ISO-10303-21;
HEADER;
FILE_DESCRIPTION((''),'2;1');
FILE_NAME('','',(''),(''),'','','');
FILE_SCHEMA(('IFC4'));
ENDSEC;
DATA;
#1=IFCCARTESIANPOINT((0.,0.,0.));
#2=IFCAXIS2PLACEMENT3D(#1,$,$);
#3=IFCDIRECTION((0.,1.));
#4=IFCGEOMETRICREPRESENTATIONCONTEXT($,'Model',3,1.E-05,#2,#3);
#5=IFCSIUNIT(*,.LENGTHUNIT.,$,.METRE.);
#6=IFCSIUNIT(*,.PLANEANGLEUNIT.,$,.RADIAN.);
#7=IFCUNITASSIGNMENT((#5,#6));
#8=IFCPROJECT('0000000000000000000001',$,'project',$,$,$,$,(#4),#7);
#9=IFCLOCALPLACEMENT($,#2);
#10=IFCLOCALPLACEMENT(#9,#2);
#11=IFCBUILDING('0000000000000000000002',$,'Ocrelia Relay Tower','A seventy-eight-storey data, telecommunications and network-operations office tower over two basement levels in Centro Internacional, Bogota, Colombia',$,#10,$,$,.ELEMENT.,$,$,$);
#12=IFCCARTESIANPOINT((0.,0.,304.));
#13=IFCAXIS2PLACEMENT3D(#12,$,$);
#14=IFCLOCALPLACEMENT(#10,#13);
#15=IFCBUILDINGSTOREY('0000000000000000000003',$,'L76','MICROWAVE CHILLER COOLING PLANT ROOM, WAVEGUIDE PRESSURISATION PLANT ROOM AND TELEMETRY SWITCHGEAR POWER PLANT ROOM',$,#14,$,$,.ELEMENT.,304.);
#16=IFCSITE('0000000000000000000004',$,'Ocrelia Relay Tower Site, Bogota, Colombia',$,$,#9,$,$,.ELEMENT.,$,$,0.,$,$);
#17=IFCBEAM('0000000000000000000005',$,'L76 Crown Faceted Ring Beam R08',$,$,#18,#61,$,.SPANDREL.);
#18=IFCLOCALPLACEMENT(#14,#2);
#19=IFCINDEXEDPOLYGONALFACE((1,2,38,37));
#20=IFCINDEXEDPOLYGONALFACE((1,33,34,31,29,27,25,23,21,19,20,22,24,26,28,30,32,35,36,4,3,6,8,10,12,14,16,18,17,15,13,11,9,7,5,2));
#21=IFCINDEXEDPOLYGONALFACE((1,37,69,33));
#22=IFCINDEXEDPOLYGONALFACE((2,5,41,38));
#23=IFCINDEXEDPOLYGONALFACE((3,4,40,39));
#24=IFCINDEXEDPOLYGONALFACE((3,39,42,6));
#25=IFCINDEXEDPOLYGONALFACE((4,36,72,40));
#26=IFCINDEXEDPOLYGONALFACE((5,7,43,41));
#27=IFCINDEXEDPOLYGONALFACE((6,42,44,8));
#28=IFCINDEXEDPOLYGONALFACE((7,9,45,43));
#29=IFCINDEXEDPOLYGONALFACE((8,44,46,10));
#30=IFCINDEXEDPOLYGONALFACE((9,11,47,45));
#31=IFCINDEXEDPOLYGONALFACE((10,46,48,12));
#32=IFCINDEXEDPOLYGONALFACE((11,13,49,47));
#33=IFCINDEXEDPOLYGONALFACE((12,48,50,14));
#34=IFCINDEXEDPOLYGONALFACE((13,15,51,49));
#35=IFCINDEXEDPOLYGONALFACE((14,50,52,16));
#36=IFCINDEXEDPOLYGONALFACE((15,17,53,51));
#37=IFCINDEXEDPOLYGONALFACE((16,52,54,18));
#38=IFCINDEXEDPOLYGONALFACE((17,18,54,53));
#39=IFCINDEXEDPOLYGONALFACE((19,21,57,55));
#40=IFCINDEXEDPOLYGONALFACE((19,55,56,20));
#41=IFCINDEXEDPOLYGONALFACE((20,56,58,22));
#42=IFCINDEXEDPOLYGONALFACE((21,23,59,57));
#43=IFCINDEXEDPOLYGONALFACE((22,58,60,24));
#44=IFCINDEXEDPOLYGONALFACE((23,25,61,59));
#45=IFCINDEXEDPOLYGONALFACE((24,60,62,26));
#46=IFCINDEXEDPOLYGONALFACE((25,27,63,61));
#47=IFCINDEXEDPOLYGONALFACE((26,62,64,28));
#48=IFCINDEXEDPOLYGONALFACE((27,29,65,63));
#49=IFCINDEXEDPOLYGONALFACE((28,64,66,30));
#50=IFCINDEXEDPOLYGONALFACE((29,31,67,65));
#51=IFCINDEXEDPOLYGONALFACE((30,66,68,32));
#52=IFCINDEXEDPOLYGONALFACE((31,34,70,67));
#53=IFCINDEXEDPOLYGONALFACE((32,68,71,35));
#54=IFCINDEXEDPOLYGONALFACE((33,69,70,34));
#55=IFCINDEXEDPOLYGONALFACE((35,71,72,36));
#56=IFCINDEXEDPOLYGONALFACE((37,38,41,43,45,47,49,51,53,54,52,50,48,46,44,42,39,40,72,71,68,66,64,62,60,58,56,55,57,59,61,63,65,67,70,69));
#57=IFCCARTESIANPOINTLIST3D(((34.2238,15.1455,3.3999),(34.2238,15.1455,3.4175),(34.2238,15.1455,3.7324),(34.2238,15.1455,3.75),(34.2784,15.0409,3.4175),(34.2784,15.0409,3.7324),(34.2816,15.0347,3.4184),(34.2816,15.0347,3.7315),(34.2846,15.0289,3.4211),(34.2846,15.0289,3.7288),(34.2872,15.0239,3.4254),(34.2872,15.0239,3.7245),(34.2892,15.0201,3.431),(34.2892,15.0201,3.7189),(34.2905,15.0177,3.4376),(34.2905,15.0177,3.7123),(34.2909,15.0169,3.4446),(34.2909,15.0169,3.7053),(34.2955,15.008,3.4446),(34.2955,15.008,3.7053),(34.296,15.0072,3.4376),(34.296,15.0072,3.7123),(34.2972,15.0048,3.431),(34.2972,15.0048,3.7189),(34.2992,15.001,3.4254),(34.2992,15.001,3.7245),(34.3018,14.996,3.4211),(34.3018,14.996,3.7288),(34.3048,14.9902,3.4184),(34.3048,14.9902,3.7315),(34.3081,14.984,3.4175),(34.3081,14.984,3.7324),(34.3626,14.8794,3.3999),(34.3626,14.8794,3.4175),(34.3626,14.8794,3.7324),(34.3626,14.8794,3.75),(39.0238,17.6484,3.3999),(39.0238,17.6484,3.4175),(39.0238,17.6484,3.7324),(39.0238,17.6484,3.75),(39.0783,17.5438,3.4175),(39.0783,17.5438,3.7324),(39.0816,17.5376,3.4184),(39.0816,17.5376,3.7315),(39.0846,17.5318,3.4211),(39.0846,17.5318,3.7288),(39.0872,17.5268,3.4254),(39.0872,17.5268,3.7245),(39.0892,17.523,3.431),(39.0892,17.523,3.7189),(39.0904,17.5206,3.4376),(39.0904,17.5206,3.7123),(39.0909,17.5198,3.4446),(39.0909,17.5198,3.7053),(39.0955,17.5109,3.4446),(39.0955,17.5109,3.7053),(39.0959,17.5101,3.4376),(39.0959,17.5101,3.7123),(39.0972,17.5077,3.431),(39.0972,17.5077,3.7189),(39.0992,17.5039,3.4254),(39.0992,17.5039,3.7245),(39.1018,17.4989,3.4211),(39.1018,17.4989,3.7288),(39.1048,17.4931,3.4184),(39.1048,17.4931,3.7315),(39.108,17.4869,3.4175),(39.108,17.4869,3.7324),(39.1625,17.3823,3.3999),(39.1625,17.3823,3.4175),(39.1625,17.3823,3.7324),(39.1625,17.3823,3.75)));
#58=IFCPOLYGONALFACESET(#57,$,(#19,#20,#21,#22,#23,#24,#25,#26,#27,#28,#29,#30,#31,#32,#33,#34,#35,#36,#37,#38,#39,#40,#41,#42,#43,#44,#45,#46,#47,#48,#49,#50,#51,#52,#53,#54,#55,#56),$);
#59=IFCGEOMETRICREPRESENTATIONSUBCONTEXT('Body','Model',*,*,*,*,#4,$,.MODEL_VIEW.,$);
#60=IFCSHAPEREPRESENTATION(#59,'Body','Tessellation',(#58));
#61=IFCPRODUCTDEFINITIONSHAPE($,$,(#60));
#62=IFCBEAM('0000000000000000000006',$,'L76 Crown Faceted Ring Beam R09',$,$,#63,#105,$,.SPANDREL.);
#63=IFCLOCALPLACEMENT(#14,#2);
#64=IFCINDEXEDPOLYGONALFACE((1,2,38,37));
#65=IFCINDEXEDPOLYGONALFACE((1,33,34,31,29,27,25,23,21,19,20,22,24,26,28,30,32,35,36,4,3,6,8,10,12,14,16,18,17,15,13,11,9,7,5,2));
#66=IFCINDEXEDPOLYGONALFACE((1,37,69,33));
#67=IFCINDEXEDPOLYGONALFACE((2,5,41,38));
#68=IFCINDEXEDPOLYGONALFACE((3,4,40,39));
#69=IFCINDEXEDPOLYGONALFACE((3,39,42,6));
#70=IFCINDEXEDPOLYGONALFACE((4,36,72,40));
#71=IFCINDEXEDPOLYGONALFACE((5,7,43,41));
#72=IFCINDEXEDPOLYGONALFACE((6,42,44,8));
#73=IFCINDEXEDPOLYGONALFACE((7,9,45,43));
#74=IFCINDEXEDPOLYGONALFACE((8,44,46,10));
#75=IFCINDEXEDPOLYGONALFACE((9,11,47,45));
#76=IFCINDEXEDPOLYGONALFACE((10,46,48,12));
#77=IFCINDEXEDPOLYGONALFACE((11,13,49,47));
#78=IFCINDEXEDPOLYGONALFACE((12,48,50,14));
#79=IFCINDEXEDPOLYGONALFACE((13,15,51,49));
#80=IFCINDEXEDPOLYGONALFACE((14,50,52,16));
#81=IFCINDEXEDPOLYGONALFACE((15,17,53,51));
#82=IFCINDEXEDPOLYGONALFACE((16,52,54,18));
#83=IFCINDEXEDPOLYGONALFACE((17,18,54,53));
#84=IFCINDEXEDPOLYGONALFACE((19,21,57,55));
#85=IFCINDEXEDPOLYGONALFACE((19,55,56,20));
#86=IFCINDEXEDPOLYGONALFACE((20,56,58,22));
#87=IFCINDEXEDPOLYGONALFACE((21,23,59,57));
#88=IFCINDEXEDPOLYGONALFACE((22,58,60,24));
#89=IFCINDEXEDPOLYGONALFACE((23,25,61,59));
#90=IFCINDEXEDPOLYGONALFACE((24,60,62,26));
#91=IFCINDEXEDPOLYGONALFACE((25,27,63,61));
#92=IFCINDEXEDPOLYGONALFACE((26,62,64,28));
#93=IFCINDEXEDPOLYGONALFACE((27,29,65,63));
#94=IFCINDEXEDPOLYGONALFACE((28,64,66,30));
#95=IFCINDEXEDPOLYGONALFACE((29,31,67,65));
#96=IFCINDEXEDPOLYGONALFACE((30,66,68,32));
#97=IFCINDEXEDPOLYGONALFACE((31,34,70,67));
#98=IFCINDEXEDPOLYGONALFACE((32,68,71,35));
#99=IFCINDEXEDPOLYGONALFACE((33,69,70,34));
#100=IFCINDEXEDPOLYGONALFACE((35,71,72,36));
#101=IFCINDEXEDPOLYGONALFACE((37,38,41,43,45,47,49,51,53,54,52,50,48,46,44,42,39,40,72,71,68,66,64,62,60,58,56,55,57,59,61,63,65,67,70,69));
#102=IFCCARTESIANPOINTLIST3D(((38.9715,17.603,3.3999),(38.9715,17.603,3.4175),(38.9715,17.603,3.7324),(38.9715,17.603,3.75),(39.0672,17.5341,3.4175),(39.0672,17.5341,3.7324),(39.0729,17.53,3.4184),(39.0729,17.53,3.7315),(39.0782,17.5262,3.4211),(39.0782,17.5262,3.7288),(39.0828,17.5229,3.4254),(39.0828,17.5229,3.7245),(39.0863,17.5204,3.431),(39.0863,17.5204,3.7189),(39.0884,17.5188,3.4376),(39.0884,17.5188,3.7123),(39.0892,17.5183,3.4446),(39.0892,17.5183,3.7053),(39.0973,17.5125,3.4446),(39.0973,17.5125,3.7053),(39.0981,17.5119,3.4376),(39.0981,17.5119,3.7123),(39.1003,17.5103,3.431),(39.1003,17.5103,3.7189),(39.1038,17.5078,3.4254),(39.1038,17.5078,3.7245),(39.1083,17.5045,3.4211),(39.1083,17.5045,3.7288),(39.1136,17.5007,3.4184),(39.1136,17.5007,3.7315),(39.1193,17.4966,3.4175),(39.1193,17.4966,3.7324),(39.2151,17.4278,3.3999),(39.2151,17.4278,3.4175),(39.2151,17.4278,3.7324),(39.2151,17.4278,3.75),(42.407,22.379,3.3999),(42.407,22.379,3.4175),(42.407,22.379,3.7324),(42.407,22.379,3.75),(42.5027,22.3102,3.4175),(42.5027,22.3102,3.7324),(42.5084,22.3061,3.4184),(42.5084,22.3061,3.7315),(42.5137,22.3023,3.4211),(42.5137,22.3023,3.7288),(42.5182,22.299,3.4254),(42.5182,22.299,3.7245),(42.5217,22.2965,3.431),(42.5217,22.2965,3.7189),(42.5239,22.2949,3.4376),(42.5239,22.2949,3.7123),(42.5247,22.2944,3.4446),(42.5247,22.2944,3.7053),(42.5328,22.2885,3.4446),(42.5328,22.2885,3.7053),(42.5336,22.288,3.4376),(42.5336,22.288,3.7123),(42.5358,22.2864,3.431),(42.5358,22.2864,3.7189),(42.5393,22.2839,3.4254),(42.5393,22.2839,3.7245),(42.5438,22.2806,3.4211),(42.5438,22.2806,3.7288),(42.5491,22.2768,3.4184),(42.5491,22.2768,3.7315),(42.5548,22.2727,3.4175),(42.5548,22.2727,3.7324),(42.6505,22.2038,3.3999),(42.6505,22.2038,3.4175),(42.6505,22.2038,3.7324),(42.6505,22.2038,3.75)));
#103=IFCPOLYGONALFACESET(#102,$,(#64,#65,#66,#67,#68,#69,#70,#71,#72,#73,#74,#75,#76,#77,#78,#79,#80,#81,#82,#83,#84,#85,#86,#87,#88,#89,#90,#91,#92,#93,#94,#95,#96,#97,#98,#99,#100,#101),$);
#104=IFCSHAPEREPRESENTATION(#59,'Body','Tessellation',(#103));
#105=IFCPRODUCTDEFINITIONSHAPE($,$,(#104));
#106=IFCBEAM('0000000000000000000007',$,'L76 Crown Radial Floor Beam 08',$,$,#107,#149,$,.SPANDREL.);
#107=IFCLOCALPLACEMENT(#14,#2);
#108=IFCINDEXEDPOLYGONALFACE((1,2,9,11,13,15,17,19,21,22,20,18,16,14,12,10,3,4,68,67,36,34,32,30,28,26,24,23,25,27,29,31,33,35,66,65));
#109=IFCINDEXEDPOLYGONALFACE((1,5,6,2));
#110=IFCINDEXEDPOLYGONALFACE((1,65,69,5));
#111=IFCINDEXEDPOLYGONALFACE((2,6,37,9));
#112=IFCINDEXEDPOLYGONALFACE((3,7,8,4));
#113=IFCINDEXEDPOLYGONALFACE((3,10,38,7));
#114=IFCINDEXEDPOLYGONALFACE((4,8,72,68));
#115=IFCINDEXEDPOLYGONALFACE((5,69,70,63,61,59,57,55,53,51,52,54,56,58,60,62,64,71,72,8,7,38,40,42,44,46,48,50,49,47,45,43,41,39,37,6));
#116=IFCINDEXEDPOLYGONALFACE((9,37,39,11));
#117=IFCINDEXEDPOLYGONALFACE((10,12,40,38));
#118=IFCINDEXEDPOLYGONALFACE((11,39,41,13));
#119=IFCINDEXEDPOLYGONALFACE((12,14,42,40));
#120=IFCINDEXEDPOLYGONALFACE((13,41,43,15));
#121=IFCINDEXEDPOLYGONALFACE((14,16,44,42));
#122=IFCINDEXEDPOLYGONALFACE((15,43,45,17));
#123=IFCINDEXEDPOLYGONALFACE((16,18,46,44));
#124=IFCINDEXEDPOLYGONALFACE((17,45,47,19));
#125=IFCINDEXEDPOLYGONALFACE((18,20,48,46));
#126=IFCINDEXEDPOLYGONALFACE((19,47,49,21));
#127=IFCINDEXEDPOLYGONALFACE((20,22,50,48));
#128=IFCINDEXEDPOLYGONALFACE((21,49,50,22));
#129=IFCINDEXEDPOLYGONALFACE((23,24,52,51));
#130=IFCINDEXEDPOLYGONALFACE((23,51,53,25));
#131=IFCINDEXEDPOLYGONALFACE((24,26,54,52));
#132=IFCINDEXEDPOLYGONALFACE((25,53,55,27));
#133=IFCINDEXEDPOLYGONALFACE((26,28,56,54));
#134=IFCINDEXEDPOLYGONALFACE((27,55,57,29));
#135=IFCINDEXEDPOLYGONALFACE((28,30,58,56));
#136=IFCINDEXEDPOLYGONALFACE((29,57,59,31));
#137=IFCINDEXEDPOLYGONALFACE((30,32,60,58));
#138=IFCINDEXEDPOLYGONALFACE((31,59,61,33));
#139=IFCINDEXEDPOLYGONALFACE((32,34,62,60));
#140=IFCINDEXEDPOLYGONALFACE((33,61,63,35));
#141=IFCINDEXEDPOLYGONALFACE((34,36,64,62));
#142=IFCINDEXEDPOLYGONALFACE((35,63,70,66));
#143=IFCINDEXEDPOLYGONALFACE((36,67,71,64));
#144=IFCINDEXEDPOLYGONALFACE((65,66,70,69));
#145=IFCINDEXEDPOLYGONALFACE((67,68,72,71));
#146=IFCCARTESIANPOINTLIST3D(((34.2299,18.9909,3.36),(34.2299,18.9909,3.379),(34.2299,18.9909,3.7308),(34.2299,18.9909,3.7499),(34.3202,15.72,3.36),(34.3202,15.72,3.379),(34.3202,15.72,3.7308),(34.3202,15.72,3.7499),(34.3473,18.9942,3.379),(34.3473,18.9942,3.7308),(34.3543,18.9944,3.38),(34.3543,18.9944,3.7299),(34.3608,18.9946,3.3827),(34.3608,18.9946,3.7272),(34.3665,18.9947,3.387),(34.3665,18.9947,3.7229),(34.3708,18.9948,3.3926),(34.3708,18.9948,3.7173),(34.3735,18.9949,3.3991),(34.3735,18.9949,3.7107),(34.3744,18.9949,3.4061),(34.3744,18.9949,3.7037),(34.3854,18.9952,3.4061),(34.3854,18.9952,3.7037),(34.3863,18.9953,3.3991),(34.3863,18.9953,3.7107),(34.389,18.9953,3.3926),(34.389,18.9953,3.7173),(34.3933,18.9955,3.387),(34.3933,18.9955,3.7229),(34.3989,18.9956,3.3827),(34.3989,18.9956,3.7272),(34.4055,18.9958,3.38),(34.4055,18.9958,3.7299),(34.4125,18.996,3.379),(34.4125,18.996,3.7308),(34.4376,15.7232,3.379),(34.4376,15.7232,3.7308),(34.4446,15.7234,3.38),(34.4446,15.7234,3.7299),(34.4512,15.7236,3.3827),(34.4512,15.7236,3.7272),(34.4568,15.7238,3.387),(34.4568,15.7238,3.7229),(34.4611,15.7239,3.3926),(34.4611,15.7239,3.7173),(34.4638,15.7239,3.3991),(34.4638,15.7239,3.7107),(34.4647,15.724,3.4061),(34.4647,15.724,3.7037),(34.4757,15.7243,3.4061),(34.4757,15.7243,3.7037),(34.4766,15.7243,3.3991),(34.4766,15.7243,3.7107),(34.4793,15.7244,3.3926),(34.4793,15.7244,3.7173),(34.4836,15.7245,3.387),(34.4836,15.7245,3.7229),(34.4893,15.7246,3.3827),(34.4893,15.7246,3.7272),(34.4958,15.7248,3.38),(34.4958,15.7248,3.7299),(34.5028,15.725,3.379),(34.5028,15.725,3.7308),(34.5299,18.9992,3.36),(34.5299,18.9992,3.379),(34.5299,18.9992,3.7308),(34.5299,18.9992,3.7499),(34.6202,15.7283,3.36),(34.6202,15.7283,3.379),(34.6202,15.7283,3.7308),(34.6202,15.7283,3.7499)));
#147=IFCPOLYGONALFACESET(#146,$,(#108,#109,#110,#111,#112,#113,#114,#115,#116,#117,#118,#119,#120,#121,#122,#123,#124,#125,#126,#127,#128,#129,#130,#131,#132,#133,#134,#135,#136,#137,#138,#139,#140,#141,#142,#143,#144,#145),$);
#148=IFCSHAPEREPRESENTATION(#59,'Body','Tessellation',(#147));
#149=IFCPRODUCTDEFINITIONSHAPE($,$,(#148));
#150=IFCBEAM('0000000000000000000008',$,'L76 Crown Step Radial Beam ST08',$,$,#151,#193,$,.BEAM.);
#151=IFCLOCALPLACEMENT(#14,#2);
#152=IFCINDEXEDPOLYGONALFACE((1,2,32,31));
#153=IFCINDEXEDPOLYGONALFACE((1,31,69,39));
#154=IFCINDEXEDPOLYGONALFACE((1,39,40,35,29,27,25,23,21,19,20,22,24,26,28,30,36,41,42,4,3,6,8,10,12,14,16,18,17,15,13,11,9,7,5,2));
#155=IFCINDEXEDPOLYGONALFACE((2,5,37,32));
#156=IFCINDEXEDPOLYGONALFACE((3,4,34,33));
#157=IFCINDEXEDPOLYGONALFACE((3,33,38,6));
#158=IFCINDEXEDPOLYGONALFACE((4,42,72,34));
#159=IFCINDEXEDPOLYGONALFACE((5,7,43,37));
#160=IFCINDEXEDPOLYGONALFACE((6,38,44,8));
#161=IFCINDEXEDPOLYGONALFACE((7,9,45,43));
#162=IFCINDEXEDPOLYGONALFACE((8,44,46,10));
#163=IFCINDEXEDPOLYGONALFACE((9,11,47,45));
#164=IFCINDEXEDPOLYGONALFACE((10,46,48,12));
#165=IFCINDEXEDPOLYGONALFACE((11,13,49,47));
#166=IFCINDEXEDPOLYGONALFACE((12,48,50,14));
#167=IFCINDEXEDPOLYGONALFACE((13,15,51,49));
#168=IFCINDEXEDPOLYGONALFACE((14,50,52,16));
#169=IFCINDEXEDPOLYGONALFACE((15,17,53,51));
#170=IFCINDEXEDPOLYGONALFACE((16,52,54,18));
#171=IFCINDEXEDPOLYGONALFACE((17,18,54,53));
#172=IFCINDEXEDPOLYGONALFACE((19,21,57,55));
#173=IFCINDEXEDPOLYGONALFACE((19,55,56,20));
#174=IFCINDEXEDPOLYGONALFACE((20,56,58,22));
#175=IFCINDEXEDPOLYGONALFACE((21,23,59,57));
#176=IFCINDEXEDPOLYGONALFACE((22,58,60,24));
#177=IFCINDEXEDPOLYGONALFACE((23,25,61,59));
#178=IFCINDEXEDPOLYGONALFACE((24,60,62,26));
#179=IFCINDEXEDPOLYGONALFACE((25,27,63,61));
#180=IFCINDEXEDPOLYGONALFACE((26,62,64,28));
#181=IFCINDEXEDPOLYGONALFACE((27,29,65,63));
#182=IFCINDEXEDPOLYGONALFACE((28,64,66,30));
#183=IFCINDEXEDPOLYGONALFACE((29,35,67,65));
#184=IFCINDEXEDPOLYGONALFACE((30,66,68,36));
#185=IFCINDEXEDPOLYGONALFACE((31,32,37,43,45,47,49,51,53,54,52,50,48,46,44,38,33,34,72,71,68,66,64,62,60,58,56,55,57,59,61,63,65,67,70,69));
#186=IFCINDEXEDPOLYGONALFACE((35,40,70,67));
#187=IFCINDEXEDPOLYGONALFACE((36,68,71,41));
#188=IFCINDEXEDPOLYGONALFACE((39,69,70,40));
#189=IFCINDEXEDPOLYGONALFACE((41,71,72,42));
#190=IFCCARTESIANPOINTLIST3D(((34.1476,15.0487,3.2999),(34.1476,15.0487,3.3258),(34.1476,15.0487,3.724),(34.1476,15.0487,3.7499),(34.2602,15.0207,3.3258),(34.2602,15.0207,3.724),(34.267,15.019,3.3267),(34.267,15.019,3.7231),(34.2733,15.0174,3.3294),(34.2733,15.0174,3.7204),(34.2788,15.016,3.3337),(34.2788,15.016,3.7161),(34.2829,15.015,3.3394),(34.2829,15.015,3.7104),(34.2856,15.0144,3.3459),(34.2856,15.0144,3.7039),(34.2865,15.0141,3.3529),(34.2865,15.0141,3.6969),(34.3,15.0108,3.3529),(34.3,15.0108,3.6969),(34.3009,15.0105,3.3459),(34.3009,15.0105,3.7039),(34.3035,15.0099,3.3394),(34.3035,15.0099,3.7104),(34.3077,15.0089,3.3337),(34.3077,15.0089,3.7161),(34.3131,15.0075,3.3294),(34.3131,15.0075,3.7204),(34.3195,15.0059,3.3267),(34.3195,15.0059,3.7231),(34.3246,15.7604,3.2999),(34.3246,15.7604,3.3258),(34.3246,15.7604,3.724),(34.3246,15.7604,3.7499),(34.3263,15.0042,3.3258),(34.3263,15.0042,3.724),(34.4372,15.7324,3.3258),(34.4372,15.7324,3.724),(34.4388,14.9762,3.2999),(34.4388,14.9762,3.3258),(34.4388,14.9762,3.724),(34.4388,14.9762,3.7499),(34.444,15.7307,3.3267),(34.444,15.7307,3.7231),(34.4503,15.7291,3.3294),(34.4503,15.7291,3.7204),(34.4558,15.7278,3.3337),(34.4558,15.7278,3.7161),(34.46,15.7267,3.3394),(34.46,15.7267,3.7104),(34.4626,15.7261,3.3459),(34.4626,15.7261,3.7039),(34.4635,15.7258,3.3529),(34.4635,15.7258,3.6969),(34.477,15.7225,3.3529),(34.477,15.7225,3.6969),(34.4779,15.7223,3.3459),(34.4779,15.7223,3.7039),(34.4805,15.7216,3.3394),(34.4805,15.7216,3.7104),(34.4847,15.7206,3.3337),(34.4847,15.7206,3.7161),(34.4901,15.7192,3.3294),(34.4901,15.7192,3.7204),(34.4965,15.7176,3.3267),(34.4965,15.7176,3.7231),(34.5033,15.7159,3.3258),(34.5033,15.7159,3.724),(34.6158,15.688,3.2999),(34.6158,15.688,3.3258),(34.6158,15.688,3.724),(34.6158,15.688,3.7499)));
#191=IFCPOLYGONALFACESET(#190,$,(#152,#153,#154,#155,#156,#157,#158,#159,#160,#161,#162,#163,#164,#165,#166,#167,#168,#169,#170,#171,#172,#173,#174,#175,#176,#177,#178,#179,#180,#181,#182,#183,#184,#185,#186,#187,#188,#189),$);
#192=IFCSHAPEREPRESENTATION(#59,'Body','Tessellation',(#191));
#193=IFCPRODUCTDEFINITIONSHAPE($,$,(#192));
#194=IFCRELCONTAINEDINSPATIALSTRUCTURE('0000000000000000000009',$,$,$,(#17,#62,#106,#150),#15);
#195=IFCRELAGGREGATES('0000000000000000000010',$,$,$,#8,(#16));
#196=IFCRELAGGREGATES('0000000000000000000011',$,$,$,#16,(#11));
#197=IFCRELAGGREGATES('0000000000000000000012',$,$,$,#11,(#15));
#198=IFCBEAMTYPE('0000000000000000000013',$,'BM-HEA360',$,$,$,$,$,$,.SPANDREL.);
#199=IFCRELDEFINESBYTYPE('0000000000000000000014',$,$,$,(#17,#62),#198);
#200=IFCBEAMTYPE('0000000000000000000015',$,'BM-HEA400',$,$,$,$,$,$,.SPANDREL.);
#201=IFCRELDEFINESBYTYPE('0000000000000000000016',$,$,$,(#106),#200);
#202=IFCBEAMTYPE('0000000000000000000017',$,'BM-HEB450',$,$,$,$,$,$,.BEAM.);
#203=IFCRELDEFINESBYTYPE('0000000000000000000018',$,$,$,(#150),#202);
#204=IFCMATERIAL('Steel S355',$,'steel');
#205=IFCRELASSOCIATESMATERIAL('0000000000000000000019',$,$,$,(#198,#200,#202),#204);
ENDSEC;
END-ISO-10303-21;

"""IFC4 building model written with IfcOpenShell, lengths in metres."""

from ifc_helpers import new_model, si_unit, direction, frame, origin, origin_2d, place, context, subcontext, project, spatial, i_section, extrude, material, material_profile, profile_set, type_object, element, save


model = new_model("IFC4")

# Units and contexts
model_context = context("Model", 3, precision=1e-05, world=origin(), true_north=direction((0.0, 1.0)))
body_context = subcontext(model_context, "Body", "Model", "MODEL_VIEW")
ifc_project = project(units=[si_unit("LENGTHUNIT", "METRE"), si_unit("PLANEANGLEUNIT", "RADIAN")], contexts=[model_context])

# Site, building, storey
site_placement = place(None, origin())
site = spatial("IfcSite", under=ifc_project, at=site_placement, Name="Ocrelia Relay Tower Site, Bogota, Colombia", CompositionType="ELEMENT", RefElevation=0.0)
building_placement = place(site_placement, origin())
building = spatial("IfcBuilding", under=site, at=building_placement, Name="Ocrelia Relay Tower", Description="A seventy-eight-storey data, telecommunications and network-operations office tower over two basement levels in Centro Internacional, Bogota, Colombia", CompositionType="ELEMENT")
storey_placement = place(building_placement, frame((0.0, 0.0, 304.0)))
storey = spatial("IfcBuildingStorey", under=building, at=storey_placement, Name="L76", Description="MICROWAVE CHILLER COOLING PLANT ROOM, WAVEGUIDE PRESSURISATION PLANT ROOM AND TELEMETRY SWITCHGEAR POWER PLANT ROOM", CompositionType="ELEMENT", Elevation=304.0)

# Beams
ifc_material_1 = material(Name="Steel S355", Category="steel")
ifc_material_profile_1 = material_profile(ifc_material_1, i_section(OverallWidth=0.3, OverallDepth=0.3501, WebThickness=0.01, FlangeThickness=0.0176, FilletRadius=0.0271, at=origin_2d()), Name="HEA 360")
ifc_profile_set_1 = profile_set([ifc_material_profile_1], Name="Steel S355")
beam_type_1 = type_object("IfcBeamType", Name="BM-HEA360", PredefinedType="SPANDREL", material=ifc_profile_set_1)
beam_1_placement = place(storey_placement, frame((34.2932, 15.0125, 3.575), z_axis=(0.886694, 0.462356, 0.0), x_axis=(-0.462356, 0.886694, 0.0)))
element("IfcBeam", 1, at=beam_1_placement, inside=storey, type_object=beam_type_1, Name="L76 Crown Faceted Ring Beam R08", PredefinedType="SPANDREL", context=body_context, shape_type="SweptSolid", body=[
    extrude(i_section(OverallWidth=0.3, OverallDepth=0.3501, WebThickness=0.01, FlangeThickness=0.0176, FilletRadius=0.0271, at=origin_2d()), origin(), (0.0, 0.0, 1.0), 5.4133),
])
beam_2_placement = place(storey_placement, frame((39.0933, 17.5154, 3.575), z_axis=(0.58394, 0.811797, 0.0), x_axis=(-0.811797, 0.58394, 0.0)))
element("IfcBeam", 2, at=beam_2_placement, inside=storey, type_object=beam_type_1, Name="L76 Crown Faceted Ring Beam R09", PredefinedType="SPANDREL", context=body_context, shape_type="SweptSolid", body=[
    extrude(i_section(OverallWidth=0.3, OverallDepth=0.3501, WebThickness=0.01, FlangeThickness=0.0176, FilletRadius=0.0271, at=origin_2d()), origin(), (0.0, 0.0, 1.0), 5.8833),
])
ifc_material_profile_2 = material_profile(ifc_material_1, i_section(OverallWidth=0.3, OverallDepth=0.3899, WebThickness=0.011, FlangeThickness=0.019, FilletRadius=0.0271, at=origin_2d()), Name="HEA 400")
ifc_profile_set_2 = profile_set([ifc_material_profile_2], Name="Steel S355")
beam_type_2 = type_object("IfcBeamType", Name="BM-HEA400", PredefinedType="SPANDREL", material=ifc_profile_set_2)
beam_3_placement = place(storey_placement, frame((34.4702, 15.7241, 3.5549), z_axis=(-0.027606, 0.999619, 0.0), x_axis=(-0.999619, -0.027606, 0.0)))
element("IfcBeam", 3, at=beam_3_placement, inside=storey, type_object=beam_type_2, Name="L76 Crown Radial Floor Beam 08", PredefinedType="SPANDREL", context=body_context, shape_type="SweptSolid", body=[
    extrude(i_section(OverallWidth=0.3, OverallDepth=0.3899, WebThickness=0.011, FlangeThickness=0.019, FilletRadius=0.0271, at=origin_2d()), origin(), (0.0, 0.0, 1.0), 3.2722),
])
ifc_material_profile_3 = material_profile(ifc_material_1, i_section(OverallWidth=0.3, OverallDepth=0.45, WebThickness=0.0139, FlangeThickness=0.0259, FilletRadius=0.0271, at=origin_2d()), Name="HEB 450")
ifc_profile_set_3 = profile_set([ifc_material_profile_3], Name="Steel S355")
beam_type_3 = type_object("IfcBeamType", Name="BM-HEB450", PredefinedType="BEAM", material=ifc_profile_set_3)
beam_4_placement = place(storey_placement, frame((34.2932, 15.0125, 3.5249), z_axis=(0.24136, 0.970436, 0.0), x_axis=(-0.970436, 0.24136, 0.0)))
element("IfcBeam", 4, at=beam_4_placement, inside=storey, type_object=beam_type_3, Name="L76 Crown Step Radial Beam ST08", PredefinedType="BEAM", context=body_context, shape_type="SweptSolid", body=[
    extrude(i_section(OverallWidth=0.3, OverallDepth=0.45, WebThickness=0.0139, FlangeThickness=0.0259, FilletRadius=0.0271, at=origin_2d()), origin(), (0.0, 0.0, 1.0), 0.7334),
])

save(model, "model.ifc")
